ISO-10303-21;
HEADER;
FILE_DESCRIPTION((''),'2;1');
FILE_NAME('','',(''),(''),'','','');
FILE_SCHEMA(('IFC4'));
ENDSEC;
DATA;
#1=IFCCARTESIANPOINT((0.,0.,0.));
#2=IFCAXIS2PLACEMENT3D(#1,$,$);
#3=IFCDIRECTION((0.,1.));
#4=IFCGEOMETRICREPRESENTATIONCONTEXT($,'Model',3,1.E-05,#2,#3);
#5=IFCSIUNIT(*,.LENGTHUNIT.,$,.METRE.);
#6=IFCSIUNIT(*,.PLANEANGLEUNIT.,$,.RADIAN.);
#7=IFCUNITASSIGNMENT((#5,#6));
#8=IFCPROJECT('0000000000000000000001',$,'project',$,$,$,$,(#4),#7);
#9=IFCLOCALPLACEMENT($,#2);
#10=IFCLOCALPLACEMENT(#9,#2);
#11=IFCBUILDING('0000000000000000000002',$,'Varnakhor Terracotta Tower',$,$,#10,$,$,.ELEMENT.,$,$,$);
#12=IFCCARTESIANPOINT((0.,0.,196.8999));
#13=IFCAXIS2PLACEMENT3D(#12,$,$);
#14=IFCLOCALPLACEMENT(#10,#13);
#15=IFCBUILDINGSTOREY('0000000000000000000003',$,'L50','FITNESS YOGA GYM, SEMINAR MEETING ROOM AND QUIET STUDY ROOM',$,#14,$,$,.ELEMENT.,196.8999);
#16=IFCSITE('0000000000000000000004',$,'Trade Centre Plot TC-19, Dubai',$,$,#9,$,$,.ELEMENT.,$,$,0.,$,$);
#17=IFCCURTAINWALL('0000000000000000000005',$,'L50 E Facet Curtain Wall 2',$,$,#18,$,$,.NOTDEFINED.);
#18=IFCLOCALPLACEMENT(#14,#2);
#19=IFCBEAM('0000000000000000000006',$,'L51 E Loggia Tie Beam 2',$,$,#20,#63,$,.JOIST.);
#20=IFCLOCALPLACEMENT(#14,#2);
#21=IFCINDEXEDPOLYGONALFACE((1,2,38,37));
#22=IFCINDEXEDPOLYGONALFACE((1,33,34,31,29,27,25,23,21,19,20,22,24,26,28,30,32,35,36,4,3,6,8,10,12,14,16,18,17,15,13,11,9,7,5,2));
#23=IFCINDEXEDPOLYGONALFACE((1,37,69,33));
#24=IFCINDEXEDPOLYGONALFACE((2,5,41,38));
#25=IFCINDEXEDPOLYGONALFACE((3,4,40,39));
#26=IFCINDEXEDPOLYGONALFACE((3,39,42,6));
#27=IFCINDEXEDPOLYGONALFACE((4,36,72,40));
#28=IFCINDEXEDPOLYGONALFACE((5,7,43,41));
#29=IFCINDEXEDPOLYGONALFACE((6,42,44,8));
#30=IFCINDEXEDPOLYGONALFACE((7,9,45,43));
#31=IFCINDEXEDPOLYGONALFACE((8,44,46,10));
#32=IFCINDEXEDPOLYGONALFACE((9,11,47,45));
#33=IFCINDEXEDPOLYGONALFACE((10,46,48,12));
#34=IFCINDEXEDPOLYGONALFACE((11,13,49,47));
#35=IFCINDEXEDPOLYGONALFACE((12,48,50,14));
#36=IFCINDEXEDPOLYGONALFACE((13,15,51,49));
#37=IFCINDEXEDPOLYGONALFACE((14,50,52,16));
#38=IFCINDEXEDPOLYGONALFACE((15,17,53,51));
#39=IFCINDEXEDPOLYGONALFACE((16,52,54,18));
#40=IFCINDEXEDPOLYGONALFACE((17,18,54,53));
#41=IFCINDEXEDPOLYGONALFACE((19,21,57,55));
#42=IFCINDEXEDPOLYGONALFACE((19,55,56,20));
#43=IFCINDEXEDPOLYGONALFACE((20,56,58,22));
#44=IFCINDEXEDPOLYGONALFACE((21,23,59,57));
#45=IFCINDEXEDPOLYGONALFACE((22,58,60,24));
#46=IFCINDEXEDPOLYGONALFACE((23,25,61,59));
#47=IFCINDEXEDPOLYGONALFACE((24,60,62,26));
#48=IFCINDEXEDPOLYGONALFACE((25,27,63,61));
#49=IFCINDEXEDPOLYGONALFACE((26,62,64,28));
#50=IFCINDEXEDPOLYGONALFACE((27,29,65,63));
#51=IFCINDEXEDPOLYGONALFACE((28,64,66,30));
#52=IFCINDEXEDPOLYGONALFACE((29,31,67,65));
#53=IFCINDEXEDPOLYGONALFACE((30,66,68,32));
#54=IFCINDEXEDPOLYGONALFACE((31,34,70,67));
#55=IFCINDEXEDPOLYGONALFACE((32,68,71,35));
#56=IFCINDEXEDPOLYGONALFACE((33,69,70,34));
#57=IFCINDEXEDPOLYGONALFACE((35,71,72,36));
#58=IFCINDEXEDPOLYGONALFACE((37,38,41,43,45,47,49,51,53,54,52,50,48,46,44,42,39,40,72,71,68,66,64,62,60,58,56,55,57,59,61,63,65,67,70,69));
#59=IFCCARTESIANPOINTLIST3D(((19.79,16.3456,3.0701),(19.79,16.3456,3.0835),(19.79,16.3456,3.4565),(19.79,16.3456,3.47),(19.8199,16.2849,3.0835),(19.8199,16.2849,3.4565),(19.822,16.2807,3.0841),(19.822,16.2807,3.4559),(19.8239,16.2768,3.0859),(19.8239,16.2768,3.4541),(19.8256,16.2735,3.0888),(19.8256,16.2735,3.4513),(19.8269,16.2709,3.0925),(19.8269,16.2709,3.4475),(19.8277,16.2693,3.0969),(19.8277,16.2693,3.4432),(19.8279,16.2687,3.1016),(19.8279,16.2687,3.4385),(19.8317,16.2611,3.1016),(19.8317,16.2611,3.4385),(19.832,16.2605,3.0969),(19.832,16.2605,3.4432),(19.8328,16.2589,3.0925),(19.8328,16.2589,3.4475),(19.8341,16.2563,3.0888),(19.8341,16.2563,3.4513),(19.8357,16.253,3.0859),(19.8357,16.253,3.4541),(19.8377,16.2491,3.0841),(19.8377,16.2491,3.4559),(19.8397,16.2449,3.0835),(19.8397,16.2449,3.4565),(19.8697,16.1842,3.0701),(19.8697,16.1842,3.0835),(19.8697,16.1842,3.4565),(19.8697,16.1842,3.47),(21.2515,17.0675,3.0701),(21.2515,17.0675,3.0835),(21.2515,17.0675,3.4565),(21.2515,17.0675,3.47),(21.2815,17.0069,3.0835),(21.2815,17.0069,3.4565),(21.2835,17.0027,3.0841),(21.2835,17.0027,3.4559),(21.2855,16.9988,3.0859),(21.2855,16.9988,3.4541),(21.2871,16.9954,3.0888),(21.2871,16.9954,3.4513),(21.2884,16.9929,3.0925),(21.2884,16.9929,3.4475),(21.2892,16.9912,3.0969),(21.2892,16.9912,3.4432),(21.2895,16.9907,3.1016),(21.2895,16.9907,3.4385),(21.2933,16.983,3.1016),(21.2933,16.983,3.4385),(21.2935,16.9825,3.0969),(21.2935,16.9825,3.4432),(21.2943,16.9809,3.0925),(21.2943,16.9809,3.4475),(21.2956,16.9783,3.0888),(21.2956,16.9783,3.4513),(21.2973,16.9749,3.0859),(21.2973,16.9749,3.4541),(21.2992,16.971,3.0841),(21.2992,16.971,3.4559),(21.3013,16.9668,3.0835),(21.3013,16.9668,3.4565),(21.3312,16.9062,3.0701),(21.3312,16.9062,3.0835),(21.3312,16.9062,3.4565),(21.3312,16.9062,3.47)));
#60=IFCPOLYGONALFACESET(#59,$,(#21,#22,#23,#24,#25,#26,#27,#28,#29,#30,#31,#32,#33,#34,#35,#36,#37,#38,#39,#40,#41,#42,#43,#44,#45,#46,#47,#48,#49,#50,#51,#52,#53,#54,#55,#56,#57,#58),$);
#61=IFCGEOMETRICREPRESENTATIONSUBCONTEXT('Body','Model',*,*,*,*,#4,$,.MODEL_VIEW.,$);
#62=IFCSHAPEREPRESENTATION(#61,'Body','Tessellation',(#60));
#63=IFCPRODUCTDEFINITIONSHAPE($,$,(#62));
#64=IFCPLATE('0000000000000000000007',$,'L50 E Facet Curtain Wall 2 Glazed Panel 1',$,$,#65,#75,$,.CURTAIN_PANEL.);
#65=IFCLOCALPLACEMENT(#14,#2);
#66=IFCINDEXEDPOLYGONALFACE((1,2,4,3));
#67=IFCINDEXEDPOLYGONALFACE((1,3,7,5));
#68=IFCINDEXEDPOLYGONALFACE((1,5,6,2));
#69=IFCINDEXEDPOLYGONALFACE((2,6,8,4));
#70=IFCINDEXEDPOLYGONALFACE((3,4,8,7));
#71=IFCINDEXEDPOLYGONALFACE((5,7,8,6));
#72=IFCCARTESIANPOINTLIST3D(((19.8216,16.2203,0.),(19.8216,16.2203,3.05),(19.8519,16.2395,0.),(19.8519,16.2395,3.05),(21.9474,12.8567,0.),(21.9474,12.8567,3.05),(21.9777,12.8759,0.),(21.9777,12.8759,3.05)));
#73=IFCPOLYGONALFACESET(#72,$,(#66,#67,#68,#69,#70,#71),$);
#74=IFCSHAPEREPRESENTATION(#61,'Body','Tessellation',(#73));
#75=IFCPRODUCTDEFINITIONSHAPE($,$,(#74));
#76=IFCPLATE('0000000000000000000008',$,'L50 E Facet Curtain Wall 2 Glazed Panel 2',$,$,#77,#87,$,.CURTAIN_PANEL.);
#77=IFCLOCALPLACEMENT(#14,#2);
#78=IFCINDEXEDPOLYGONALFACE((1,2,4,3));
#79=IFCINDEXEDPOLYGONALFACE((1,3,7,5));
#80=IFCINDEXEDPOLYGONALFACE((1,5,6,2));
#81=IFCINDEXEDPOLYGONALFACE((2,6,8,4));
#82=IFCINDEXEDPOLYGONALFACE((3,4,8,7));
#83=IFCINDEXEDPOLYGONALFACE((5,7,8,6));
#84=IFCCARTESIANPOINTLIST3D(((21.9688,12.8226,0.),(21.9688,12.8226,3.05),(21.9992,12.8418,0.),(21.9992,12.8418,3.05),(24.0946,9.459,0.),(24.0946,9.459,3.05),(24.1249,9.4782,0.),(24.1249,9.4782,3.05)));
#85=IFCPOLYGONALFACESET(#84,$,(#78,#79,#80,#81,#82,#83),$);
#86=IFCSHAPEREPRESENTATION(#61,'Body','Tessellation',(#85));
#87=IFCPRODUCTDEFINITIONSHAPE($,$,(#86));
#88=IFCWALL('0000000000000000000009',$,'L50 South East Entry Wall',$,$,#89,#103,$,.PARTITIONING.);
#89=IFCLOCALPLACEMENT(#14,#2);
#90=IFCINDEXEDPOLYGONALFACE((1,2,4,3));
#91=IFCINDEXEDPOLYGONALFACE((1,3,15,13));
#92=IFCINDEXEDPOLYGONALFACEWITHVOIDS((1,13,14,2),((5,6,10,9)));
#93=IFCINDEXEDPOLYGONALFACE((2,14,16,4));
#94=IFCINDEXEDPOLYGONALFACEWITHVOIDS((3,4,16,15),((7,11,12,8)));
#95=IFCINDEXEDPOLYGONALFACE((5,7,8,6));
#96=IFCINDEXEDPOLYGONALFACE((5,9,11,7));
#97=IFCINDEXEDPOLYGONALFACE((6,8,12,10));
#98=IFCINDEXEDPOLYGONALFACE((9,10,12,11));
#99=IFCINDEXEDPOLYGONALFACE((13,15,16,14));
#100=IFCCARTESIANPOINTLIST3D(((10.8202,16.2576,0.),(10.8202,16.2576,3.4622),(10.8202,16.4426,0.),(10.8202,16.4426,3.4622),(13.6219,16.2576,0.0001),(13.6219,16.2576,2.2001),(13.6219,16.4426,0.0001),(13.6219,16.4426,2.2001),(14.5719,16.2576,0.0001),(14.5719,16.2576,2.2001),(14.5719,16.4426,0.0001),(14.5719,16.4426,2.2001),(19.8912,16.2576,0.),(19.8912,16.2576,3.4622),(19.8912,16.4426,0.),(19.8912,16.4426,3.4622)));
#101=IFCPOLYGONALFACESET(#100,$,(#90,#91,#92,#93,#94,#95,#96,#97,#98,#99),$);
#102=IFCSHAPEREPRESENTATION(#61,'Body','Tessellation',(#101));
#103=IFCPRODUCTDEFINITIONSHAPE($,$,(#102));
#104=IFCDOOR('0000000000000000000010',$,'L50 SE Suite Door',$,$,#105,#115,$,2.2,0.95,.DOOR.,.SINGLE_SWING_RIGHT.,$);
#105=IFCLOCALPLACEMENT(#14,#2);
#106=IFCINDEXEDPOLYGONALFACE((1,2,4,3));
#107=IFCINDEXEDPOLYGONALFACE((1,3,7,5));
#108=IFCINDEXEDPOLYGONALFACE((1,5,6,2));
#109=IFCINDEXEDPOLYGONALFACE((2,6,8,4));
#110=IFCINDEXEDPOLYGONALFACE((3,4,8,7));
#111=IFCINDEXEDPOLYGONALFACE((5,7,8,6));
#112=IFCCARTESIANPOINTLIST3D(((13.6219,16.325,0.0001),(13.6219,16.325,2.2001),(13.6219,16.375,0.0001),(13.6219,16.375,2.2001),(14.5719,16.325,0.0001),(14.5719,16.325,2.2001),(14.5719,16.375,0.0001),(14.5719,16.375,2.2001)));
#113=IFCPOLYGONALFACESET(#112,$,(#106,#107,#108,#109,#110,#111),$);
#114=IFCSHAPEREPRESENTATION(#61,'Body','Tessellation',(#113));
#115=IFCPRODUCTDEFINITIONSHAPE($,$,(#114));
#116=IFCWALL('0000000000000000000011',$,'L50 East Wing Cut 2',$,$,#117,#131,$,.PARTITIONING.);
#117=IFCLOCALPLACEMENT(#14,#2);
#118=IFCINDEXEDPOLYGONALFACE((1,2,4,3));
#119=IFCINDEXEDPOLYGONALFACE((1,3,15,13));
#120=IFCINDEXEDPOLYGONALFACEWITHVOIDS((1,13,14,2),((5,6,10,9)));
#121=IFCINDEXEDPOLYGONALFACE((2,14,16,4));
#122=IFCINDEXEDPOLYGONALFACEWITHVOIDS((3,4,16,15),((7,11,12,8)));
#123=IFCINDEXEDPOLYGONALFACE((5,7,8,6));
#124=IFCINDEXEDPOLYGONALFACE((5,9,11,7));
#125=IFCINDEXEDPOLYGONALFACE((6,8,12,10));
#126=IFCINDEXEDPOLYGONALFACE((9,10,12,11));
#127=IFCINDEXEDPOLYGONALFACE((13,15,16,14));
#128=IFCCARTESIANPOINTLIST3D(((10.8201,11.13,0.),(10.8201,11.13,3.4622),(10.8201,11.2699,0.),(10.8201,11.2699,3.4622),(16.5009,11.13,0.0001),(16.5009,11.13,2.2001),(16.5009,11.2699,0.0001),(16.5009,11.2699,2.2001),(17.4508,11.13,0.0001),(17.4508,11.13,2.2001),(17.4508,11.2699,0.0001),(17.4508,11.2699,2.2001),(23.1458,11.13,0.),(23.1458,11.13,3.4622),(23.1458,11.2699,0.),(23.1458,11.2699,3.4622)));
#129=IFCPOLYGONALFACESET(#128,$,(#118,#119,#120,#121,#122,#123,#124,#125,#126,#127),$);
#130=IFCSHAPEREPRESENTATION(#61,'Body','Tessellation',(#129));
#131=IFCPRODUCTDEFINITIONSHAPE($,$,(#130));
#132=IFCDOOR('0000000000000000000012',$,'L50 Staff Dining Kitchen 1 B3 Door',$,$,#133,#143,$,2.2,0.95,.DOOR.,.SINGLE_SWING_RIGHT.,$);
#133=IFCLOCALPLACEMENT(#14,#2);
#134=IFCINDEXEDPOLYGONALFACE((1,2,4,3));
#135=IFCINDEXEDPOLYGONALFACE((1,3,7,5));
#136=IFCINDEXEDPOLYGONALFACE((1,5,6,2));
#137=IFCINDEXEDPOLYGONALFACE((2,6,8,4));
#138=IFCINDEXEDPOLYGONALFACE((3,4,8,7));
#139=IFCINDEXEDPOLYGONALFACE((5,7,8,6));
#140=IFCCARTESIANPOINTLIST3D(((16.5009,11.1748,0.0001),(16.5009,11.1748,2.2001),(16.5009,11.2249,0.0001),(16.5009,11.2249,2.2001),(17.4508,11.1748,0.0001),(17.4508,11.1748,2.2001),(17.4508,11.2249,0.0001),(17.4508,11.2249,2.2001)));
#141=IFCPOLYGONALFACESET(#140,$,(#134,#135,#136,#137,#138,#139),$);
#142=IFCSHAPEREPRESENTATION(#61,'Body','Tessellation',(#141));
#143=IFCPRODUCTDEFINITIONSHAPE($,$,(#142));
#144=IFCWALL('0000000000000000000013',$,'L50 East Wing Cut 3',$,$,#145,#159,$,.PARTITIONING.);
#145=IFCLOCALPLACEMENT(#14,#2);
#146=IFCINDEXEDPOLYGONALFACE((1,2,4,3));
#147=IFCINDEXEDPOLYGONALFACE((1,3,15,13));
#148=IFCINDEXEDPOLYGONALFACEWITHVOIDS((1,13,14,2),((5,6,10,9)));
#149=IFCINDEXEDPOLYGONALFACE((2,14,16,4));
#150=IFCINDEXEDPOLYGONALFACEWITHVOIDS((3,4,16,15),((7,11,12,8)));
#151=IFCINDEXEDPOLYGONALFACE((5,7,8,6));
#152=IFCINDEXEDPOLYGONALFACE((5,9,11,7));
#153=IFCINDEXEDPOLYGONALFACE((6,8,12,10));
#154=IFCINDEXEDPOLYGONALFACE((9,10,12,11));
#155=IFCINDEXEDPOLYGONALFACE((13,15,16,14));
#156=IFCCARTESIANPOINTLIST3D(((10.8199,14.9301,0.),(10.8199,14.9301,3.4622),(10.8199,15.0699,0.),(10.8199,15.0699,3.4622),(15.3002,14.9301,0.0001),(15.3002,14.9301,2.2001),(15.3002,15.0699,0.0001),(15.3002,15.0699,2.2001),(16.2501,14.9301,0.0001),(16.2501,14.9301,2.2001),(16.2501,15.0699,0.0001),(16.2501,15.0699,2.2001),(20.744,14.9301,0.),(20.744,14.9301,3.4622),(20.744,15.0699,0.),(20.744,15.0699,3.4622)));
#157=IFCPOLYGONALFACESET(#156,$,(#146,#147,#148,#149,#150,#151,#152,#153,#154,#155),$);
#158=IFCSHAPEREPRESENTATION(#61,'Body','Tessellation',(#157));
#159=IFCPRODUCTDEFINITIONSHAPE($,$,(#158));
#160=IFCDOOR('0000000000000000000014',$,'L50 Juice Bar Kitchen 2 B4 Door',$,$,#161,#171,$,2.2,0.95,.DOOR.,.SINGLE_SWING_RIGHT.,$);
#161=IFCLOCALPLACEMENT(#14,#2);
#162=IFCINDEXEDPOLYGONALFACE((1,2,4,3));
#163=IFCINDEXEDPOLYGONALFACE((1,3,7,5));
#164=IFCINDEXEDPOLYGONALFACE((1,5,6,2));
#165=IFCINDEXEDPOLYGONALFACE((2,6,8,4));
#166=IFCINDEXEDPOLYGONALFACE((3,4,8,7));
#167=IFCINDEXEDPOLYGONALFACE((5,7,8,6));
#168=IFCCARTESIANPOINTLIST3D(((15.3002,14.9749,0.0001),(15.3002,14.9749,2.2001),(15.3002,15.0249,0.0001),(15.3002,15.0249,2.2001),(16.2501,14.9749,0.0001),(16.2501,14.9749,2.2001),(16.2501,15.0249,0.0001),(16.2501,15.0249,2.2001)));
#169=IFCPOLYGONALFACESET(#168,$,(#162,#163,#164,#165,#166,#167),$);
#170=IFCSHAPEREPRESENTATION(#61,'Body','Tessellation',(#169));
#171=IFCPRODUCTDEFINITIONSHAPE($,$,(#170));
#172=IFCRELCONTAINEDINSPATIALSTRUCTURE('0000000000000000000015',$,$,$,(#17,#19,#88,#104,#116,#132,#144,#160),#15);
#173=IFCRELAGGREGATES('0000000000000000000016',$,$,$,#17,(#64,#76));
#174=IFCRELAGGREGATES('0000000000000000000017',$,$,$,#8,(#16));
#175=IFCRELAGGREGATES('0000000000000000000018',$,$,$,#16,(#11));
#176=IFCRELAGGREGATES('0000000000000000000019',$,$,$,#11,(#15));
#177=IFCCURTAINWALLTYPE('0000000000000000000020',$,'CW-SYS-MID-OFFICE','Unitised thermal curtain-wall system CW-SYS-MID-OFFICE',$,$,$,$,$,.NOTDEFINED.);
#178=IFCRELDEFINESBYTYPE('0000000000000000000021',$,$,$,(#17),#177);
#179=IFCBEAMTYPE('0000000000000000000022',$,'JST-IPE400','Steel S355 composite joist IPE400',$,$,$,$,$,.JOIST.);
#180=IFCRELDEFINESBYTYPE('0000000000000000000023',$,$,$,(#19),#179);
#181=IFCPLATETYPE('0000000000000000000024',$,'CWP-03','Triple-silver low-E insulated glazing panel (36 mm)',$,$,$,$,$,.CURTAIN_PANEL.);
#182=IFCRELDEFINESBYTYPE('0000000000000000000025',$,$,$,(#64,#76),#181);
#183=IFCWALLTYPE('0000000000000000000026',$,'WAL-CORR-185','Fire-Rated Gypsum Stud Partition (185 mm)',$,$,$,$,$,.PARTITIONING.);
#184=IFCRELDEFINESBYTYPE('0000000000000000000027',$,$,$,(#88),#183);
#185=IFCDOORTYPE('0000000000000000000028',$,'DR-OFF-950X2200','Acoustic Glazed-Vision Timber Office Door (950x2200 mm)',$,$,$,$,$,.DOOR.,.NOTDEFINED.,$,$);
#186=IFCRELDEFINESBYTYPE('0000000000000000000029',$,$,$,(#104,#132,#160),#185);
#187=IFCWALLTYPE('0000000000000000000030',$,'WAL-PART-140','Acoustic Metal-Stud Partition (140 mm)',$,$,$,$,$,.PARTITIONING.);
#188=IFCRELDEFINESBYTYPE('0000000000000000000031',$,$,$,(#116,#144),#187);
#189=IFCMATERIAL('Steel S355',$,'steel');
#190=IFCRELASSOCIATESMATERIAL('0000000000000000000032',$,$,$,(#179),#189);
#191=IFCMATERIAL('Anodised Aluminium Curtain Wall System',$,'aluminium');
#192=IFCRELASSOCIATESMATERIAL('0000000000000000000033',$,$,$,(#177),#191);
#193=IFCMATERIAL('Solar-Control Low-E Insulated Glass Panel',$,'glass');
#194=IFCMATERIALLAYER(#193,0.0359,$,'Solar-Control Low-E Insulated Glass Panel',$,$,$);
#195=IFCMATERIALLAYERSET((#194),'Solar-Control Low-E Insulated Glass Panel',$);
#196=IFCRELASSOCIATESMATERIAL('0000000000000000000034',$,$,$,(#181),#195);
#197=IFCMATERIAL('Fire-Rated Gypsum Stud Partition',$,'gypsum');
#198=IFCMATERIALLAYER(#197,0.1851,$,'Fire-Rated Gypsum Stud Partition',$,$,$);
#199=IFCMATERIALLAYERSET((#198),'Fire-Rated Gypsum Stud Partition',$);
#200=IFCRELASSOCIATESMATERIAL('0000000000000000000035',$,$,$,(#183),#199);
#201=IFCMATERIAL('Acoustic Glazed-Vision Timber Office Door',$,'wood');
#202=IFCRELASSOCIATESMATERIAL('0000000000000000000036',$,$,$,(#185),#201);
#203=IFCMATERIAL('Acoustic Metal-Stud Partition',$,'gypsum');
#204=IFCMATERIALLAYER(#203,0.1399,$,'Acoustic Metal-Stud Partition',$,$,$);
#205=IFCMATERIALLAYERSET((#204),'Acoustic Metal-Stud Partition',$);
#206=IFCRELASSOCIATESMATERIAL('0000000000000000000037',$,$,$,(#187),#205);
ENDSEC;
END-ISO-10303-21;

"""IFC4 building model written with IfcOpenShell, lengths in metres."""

from ifc_helpers import new_model, si_unit, direction, frame, frame_2d, origin, origin_2d, place, context, subcontext, project, spatial, rectangle, i_section, extrude, source, transform, mapped, material, layer, layer_set, material_profile, profile_set, type_object, type_shapes, element, fill, aggregate, save


model = new_model("IFC4")

# Units and contexts
model_context = context("Model", 3, precision=1e-05, world=origin(), true_north=direction((0.0, 1.0)))
body_context = subcontext(model_context, "Body", "Model", "MODEL_VIEW")
ifc_project = project(units=[si_unit("LENGTHUNIT", "METRE"), si_unit("PLANEANGLEUNIT", "RADIAN")], contexts=[model_context])

# Site, building, storey
site_placement = place(None, origin())
site = spatial("IfcSite", under=ifc_project, at=site_placement, Name="Trade Centre Plot TC-19, Dubai", CompositionType="ELEMENT", RefElevation=0.0)
building_placement = place(site_placement, origin())
building = spatial("IfcBuilding", under=site, at=building_placement, Name="Varnakhor Terracotta Tower", CompositionType="ELEMENT")
storey_placement = place(building_placement, frame((0.0, 0.0, 196.8999)))
storey = spatial("IfcBuildingStorey", under=building, at=storey_placement, Name="L50", Description="FITNESS YOGA GYM, SEMINAR MEETING ROOM AND QUIET STUDY ROOM", CompositionType="ELEMENT", Elevation=196.8999)

# Shared definitions
ifc_material_1 = material(Name="Steel S355", Category="steel")
ifc_material_profile_1 = material_profile(ifc_material_1, i_section(OverallWidth=0.1799, OverallDepth=0.3999, WebThickness=0.0085, FlangeThickness=0.0134, FilletRadius=0.0181, at=origin_2d()), Name="IPE400")
ifc_profile_set_1 = profile_set([ifc_material_profile_1], Name="Steel S355")
beam_type = type_object("IfcBeamType", Name="JST-IPE400", Description="Steel S355 composite joist IPE400", PredefinedType="JOIST", material=ifc_profile_set_1)

# Curtain wall
ifc_material_2 = material(Name="Anodised Aluminium Curtain Wall System", Category="aluminium")
curtain_wall_type = type_object("IfcCurtainWallType", Name="CW-SYS-MID-OFFICE", Description="Unitised thermal curtain-wall system CW-SYS-MID-OFFICE", PredefinedType="NOTDEFINED", material=ifc_material_2)
curtain_wall_placement = place(storey_placement, origin())
curtain_wall = element("IfcCurtainWall", 1, at=curtain_wall_placement, inside=storey, type_object=curtain_wall_type, Name="L50 E Facet Curtain Wall 2", PredefinedType="NOTDEFINED")

# Beam
shared_shape_1 = source(origin(), body_context, "Body", "SweptSolid", [
    extrude(i_section(OverallWidth=0.1799, OverallDepth=0.3999, WebThickness=0.0085, FlangeThickness=0.0134, FilletRadius=0.0181, at=origin_2d()), origin(), (0.0, 0.0, 1.0), 1.6301),
])
beam_1_placement = place(storey_placement, frame((19.8298, 16.2649, 3.27), z_axis=(0.896574, 0.442895, 0.0), x_axis=(-0.442895, 0.896574, 0.0)))
element("IfcBeam", 2, at=beam_1_placement, inside=storey, type_object=beam_type, Name="L51 E Loggia Tie Beam 2", PredefinedType="JOIST", context=body_context, shape_type="MappedRepresentation", body=[
    mapped(shared_shape_1, transform((0.0, 0.0, 0.0), scale=1.0)),
])

# Plates
ifc_material_3 = material(Name="Solar-Control Low-E Insulated Glass Panel", Category="glass")
ifc_layer_1 = layer(ifc_material_3, 0.0359, Name="Solar-Control Low-E Insulated Glass Panel")
ifc_layer_set_1 = layer_set([ifc_layer_1], Name="Solar-Control Low-E Insulated Glass Panel")
plate_type = type_object("IfcPlateType", Name="CWP-03", Description="Triple-silver low-E insulated glazing panel (36 mm)", PredefinedType="CURTAIN_PANEL", material=ifc_layer_set_1)
shared_shape_2 = source(origin(), body_context, "Body", "SweptSolid", [
    extrude(rectangle(XDim=3.979, YDim=0.0359, at=origin_2d()), origin(), (0.0, 0.0, 1.0), 3.05),
])
plate_1_placement = place(storey_placement, frame((20.8997, 14.5481, 0.0), z_axis=(0.0, 0.0, 1.0), x_axis=(0.534249, -0.845327, 0.0)))
plate_1 = element("IfcPlate", 3, at=plate_1_placement, type_object=plate_type, Name="L50 E Facet Curtain Wall 2 Glazed Panel 1", PredefinedType="CURTAIN_PANEL", context=body_context, shape_type="MappedRepresentation", body=[
    mapped(shared_shape_2, transform((0.0, 0.0, 0.0), scale=1.0)),
])
plate_2_placement = place(storey_placement, frame((23.0469, 11.1504, 0.0), z_axis=(0.0, 0.0, 1.0), x_axis=(0.534249, -0.845327, 0.0)))
plate_2 = element("IfcPlate", 4, at=plate_2_placement, type_object=plate_type, Name="L50 E Facet Curtain Wall 2 Glazed Panel 2", PredefinedType="CURTAIN_PANEL", context=body_context, shape_type="MappedRepresentation", body=[
    mapped(shared_shape_2, transform((0.0, 0.0, 0.0), scale=1.0)),
])
aggregate(curtain_wall, [plate_1, plate_2])

# Walls, openings, doors
ifc_material_4 = material(Name="Fire-Rated Gypsum Stud Partition", Category="gypsum")
ifc_layer_2 = layer(ifc_material_4, 0.1851, Name="Fire-Rated Gypsum Stud Partition")
ifc_layer_set_2 = layer_set([ifc_layer_2], Name="Fire-Rated Gypsum Stud Partition")
wall_type_1 = type_object("IfcWallType", Name="WAL-CORR-185", Description="Fire-Rated Gypsum Stud Partition (185 mm)", PredefinedType="PARTITIONING", material=ifc_layer_set_2)
wall_1_placement = place(storey_placement, frame((10.8201, 16.3501, 0.0), z_axis=(0.0, 0.0, 1.0), x_axis=(1.0, 0.0, 0.0)))
wall_1 = element("IfcWall", 5, at=wall_1_placement, inside=storey, type_object=wall_type_1, Name="L50 South East Entry Wall", PredefinedType="PARTITIONING", context=body_context, shape_type="SweptSolid", body=[
    extrude(rectangle(XDim=9.071, YDim=0.1851, at=frame_2d((4.5356, 0.0))), origin(), (0.0, 0.0, 1.0), 3.4622),
])
opening_1_placement = place(wall_1_placement, frame((2.8018, 0.0, 0.0)))
opening_1 = element("IfcOpeningElement", 6, at=opening_1_placement, cuts=wall_1, PredefinedType="OPENING", context=body_context, shape_type="SweptSolid", body=[
    extrude(rectangle(XDim=0.95, YDim=2.2, at=frame_2d((0.4751, 1.1001))), frame((0.0, 0.1025, 0.0), z_axis=(0.0, -1.0, 0.0), x_axis=(1.0, 0.0, 0.0)), (0.0, 0.0, 1.0), 0.2051),
])
ifc_material_5 = material(Name="Acoustic Glazed-Vision Timber Office Door", Category="wood")
door_type = type_object("IfcDoorType", Name="DR-OFF-950X2200", Description="Acoustic Glazed-Vision Timber Office Door (950x2200 mm)", OperationType="NOTDEFINED", PredefinedType="DOOR", material=ifc_material_5)
shared_shape_3 = source(origin(), body_context, "Body", "SweptSolid", [
    extrude(rectangle(XDim=0.95, YDim=2.2, at=frame_2d((0.4751, 1.1001))), frame((0.0, 0.0249, 0.0), z_axis=(0.0, -1.0, 0.0), x_axis=(1.0, 0.0, 0.0)), (0.0, 0.0, 1.0), 0.05),
])
type_shapes(door_type, [shared_shape_3])
door_1_placement = place(opening_1_placement, origin())
door_1 = element("IfcDoor", 7, at=door_1_placement, inside=storey, type_object=door_type, Name="L50 SE Suite Door", OperationType="SINGLE_SWING_RIGHT", OverallHeight=2.2, OverallWidth=0.95, PredefinedType="DOOR", context=body_context, shape_type="MappedRepresentation", body=[
    mapped(shared_shape_3, transform((0.0, 0.0, 0.0), scale=1.0)),
])
fill(opening_1, door_1)
ifc_material_6 = material(Name="Acoustic Metal-Stud Partition", Category="gypsum")
ifc_layer_3 = layer(ifc_material_6, 0.1399, Name="Acoustic Metal-Stud Partition")
ifc_layer_set_3 = layer_set([ifc_layer_3], Name="Acoustic Metal-Stud Partition")
wall_type_2 = type_object("IfcWallType", Name="WAL-PART-140", Description="Acoustic Metal-Stud Partition (140 mm)", PredefinedType="PARTITIONING", material=ifc_layer_set_3)
wall_2_placement = place(storey_placement, frame((10.8201, 11.2, 0.0), z_axis=(0.0, 0.0, 1.0), x_axis=(1.0, 0.0, 0.0)))
wall_2 = element("IfcWall", 8, at=wall_2_placement, inside=storey, type_object=wall_type_2, Name="L50 East Wing Cut 2", PredefinedType="PARTITIONING", context=body_context, shape_type="SweptSolid", body=[
    extrude(rectangle(XDim=12.3257, YDim=0.1399, at=frame_2d((6.1628, 0.0))), origin(), (0.0, 0.0, 1.0), 3.4622),
])
opening_2_placement = place(wall_2_placement, frame((5.6807, 0.0, 0.0)))
opening_2 = element("IfcOpeningElement", 9, at=opening_2_placement, cuts=wall_2, PredefinedType="OPENING", context=body_context, shape_type="SweptSolid", body=[
    extrude(rectangle(XDim=0.95, YDim=2.2, at=frame_2d((0.4751, 1.1001))), frame((0.0, 0.0801, 0.0), z_axis=(0.0, -1.0, 0.0), x_axis=(1.0, 0.0, 0.0)), (0.0, 0.0, 1.0), 0.1599),
])
door_2_placement = place(opening_2_placement, origin())
door_2 = element("IfcDoor", 10, at=door_2_placement, inside=storey, type_object=door_type, Name="L50 Staff Dining Kitchen 1 B3 Door", OperationType="SINGLE_SWING_RIGHT", OverallHeight=2.2, OverallWidth=0.95, PredefinedType="DOOR", context=body_context, shape_type="MappedRepresentation", body=[
    mapped(shared_shape_3, transform((0.0, 0.0, 0.0), scale=1.0)),
])
fill(opening_2, door_2)
wall_3_placement = place(storey_placement, frame((10.8201, 15.0, 0.0), z_axis=(0.0, 0.0, 1.0), x_axis=(1.0, 0.0, 0.0)))
wall_3 = element("IfcWall", 11, at=wall_3_placement, inside=storey, type_object=wall_type_2, Name="L50 East Wing Cut 3", PredefinedType="PARTITIONING", context=body_context, shape_type="SweptSolid", body=[
    extrude(rectangle(XDim=9.9241, YDim=0.1399, at=frame_2d((4.9619, 0.0))), origin(), (0.0, 0.0, 1.0), 3.4622),
])
opening_3_placement = place(wall_3_placement, frame((4.48, 0.0, 0.0)))
opening_3 = element("IfcOpeningElement", 12, at=opening_3_placement, cuts=wall_3, PredefinedType="OPENING", context=body_context, shape_type="SweptSolid", body=[
    extrude(rectangle(XDim=0.95, YDim=2.2, at=frame_2d((0.4751, 1.1001))), frame((0.0, 0.0801, 0.0), z_axis=(0.0, -1.0, 0.0), x_axis=(1.0, 0.0, 0.0)), (0.0, 0.0, 1.0), 0.1599),
])
door_3_placement = place(opening_3_placement, origin())
door_3 = element("IfcDoor", 13, at=door_3_placement, inside=storey, type_object=door_type, Name="L50 Juice Bar Kitchen 2 B4 Door", OperationType="SINGLE_SWING_RIGHT", OverallHeight=2.2, OverallWidth=0.95, PredefinedType="DOOR", context=body_context, shape_type="MappedRepresentation", body=[
    mapped(shared_shape_3, transform((0.0, 0.0, 0.0), scale=1.0)),
])
fill(opening_3, door_3)

save(model, "model.ifc")
